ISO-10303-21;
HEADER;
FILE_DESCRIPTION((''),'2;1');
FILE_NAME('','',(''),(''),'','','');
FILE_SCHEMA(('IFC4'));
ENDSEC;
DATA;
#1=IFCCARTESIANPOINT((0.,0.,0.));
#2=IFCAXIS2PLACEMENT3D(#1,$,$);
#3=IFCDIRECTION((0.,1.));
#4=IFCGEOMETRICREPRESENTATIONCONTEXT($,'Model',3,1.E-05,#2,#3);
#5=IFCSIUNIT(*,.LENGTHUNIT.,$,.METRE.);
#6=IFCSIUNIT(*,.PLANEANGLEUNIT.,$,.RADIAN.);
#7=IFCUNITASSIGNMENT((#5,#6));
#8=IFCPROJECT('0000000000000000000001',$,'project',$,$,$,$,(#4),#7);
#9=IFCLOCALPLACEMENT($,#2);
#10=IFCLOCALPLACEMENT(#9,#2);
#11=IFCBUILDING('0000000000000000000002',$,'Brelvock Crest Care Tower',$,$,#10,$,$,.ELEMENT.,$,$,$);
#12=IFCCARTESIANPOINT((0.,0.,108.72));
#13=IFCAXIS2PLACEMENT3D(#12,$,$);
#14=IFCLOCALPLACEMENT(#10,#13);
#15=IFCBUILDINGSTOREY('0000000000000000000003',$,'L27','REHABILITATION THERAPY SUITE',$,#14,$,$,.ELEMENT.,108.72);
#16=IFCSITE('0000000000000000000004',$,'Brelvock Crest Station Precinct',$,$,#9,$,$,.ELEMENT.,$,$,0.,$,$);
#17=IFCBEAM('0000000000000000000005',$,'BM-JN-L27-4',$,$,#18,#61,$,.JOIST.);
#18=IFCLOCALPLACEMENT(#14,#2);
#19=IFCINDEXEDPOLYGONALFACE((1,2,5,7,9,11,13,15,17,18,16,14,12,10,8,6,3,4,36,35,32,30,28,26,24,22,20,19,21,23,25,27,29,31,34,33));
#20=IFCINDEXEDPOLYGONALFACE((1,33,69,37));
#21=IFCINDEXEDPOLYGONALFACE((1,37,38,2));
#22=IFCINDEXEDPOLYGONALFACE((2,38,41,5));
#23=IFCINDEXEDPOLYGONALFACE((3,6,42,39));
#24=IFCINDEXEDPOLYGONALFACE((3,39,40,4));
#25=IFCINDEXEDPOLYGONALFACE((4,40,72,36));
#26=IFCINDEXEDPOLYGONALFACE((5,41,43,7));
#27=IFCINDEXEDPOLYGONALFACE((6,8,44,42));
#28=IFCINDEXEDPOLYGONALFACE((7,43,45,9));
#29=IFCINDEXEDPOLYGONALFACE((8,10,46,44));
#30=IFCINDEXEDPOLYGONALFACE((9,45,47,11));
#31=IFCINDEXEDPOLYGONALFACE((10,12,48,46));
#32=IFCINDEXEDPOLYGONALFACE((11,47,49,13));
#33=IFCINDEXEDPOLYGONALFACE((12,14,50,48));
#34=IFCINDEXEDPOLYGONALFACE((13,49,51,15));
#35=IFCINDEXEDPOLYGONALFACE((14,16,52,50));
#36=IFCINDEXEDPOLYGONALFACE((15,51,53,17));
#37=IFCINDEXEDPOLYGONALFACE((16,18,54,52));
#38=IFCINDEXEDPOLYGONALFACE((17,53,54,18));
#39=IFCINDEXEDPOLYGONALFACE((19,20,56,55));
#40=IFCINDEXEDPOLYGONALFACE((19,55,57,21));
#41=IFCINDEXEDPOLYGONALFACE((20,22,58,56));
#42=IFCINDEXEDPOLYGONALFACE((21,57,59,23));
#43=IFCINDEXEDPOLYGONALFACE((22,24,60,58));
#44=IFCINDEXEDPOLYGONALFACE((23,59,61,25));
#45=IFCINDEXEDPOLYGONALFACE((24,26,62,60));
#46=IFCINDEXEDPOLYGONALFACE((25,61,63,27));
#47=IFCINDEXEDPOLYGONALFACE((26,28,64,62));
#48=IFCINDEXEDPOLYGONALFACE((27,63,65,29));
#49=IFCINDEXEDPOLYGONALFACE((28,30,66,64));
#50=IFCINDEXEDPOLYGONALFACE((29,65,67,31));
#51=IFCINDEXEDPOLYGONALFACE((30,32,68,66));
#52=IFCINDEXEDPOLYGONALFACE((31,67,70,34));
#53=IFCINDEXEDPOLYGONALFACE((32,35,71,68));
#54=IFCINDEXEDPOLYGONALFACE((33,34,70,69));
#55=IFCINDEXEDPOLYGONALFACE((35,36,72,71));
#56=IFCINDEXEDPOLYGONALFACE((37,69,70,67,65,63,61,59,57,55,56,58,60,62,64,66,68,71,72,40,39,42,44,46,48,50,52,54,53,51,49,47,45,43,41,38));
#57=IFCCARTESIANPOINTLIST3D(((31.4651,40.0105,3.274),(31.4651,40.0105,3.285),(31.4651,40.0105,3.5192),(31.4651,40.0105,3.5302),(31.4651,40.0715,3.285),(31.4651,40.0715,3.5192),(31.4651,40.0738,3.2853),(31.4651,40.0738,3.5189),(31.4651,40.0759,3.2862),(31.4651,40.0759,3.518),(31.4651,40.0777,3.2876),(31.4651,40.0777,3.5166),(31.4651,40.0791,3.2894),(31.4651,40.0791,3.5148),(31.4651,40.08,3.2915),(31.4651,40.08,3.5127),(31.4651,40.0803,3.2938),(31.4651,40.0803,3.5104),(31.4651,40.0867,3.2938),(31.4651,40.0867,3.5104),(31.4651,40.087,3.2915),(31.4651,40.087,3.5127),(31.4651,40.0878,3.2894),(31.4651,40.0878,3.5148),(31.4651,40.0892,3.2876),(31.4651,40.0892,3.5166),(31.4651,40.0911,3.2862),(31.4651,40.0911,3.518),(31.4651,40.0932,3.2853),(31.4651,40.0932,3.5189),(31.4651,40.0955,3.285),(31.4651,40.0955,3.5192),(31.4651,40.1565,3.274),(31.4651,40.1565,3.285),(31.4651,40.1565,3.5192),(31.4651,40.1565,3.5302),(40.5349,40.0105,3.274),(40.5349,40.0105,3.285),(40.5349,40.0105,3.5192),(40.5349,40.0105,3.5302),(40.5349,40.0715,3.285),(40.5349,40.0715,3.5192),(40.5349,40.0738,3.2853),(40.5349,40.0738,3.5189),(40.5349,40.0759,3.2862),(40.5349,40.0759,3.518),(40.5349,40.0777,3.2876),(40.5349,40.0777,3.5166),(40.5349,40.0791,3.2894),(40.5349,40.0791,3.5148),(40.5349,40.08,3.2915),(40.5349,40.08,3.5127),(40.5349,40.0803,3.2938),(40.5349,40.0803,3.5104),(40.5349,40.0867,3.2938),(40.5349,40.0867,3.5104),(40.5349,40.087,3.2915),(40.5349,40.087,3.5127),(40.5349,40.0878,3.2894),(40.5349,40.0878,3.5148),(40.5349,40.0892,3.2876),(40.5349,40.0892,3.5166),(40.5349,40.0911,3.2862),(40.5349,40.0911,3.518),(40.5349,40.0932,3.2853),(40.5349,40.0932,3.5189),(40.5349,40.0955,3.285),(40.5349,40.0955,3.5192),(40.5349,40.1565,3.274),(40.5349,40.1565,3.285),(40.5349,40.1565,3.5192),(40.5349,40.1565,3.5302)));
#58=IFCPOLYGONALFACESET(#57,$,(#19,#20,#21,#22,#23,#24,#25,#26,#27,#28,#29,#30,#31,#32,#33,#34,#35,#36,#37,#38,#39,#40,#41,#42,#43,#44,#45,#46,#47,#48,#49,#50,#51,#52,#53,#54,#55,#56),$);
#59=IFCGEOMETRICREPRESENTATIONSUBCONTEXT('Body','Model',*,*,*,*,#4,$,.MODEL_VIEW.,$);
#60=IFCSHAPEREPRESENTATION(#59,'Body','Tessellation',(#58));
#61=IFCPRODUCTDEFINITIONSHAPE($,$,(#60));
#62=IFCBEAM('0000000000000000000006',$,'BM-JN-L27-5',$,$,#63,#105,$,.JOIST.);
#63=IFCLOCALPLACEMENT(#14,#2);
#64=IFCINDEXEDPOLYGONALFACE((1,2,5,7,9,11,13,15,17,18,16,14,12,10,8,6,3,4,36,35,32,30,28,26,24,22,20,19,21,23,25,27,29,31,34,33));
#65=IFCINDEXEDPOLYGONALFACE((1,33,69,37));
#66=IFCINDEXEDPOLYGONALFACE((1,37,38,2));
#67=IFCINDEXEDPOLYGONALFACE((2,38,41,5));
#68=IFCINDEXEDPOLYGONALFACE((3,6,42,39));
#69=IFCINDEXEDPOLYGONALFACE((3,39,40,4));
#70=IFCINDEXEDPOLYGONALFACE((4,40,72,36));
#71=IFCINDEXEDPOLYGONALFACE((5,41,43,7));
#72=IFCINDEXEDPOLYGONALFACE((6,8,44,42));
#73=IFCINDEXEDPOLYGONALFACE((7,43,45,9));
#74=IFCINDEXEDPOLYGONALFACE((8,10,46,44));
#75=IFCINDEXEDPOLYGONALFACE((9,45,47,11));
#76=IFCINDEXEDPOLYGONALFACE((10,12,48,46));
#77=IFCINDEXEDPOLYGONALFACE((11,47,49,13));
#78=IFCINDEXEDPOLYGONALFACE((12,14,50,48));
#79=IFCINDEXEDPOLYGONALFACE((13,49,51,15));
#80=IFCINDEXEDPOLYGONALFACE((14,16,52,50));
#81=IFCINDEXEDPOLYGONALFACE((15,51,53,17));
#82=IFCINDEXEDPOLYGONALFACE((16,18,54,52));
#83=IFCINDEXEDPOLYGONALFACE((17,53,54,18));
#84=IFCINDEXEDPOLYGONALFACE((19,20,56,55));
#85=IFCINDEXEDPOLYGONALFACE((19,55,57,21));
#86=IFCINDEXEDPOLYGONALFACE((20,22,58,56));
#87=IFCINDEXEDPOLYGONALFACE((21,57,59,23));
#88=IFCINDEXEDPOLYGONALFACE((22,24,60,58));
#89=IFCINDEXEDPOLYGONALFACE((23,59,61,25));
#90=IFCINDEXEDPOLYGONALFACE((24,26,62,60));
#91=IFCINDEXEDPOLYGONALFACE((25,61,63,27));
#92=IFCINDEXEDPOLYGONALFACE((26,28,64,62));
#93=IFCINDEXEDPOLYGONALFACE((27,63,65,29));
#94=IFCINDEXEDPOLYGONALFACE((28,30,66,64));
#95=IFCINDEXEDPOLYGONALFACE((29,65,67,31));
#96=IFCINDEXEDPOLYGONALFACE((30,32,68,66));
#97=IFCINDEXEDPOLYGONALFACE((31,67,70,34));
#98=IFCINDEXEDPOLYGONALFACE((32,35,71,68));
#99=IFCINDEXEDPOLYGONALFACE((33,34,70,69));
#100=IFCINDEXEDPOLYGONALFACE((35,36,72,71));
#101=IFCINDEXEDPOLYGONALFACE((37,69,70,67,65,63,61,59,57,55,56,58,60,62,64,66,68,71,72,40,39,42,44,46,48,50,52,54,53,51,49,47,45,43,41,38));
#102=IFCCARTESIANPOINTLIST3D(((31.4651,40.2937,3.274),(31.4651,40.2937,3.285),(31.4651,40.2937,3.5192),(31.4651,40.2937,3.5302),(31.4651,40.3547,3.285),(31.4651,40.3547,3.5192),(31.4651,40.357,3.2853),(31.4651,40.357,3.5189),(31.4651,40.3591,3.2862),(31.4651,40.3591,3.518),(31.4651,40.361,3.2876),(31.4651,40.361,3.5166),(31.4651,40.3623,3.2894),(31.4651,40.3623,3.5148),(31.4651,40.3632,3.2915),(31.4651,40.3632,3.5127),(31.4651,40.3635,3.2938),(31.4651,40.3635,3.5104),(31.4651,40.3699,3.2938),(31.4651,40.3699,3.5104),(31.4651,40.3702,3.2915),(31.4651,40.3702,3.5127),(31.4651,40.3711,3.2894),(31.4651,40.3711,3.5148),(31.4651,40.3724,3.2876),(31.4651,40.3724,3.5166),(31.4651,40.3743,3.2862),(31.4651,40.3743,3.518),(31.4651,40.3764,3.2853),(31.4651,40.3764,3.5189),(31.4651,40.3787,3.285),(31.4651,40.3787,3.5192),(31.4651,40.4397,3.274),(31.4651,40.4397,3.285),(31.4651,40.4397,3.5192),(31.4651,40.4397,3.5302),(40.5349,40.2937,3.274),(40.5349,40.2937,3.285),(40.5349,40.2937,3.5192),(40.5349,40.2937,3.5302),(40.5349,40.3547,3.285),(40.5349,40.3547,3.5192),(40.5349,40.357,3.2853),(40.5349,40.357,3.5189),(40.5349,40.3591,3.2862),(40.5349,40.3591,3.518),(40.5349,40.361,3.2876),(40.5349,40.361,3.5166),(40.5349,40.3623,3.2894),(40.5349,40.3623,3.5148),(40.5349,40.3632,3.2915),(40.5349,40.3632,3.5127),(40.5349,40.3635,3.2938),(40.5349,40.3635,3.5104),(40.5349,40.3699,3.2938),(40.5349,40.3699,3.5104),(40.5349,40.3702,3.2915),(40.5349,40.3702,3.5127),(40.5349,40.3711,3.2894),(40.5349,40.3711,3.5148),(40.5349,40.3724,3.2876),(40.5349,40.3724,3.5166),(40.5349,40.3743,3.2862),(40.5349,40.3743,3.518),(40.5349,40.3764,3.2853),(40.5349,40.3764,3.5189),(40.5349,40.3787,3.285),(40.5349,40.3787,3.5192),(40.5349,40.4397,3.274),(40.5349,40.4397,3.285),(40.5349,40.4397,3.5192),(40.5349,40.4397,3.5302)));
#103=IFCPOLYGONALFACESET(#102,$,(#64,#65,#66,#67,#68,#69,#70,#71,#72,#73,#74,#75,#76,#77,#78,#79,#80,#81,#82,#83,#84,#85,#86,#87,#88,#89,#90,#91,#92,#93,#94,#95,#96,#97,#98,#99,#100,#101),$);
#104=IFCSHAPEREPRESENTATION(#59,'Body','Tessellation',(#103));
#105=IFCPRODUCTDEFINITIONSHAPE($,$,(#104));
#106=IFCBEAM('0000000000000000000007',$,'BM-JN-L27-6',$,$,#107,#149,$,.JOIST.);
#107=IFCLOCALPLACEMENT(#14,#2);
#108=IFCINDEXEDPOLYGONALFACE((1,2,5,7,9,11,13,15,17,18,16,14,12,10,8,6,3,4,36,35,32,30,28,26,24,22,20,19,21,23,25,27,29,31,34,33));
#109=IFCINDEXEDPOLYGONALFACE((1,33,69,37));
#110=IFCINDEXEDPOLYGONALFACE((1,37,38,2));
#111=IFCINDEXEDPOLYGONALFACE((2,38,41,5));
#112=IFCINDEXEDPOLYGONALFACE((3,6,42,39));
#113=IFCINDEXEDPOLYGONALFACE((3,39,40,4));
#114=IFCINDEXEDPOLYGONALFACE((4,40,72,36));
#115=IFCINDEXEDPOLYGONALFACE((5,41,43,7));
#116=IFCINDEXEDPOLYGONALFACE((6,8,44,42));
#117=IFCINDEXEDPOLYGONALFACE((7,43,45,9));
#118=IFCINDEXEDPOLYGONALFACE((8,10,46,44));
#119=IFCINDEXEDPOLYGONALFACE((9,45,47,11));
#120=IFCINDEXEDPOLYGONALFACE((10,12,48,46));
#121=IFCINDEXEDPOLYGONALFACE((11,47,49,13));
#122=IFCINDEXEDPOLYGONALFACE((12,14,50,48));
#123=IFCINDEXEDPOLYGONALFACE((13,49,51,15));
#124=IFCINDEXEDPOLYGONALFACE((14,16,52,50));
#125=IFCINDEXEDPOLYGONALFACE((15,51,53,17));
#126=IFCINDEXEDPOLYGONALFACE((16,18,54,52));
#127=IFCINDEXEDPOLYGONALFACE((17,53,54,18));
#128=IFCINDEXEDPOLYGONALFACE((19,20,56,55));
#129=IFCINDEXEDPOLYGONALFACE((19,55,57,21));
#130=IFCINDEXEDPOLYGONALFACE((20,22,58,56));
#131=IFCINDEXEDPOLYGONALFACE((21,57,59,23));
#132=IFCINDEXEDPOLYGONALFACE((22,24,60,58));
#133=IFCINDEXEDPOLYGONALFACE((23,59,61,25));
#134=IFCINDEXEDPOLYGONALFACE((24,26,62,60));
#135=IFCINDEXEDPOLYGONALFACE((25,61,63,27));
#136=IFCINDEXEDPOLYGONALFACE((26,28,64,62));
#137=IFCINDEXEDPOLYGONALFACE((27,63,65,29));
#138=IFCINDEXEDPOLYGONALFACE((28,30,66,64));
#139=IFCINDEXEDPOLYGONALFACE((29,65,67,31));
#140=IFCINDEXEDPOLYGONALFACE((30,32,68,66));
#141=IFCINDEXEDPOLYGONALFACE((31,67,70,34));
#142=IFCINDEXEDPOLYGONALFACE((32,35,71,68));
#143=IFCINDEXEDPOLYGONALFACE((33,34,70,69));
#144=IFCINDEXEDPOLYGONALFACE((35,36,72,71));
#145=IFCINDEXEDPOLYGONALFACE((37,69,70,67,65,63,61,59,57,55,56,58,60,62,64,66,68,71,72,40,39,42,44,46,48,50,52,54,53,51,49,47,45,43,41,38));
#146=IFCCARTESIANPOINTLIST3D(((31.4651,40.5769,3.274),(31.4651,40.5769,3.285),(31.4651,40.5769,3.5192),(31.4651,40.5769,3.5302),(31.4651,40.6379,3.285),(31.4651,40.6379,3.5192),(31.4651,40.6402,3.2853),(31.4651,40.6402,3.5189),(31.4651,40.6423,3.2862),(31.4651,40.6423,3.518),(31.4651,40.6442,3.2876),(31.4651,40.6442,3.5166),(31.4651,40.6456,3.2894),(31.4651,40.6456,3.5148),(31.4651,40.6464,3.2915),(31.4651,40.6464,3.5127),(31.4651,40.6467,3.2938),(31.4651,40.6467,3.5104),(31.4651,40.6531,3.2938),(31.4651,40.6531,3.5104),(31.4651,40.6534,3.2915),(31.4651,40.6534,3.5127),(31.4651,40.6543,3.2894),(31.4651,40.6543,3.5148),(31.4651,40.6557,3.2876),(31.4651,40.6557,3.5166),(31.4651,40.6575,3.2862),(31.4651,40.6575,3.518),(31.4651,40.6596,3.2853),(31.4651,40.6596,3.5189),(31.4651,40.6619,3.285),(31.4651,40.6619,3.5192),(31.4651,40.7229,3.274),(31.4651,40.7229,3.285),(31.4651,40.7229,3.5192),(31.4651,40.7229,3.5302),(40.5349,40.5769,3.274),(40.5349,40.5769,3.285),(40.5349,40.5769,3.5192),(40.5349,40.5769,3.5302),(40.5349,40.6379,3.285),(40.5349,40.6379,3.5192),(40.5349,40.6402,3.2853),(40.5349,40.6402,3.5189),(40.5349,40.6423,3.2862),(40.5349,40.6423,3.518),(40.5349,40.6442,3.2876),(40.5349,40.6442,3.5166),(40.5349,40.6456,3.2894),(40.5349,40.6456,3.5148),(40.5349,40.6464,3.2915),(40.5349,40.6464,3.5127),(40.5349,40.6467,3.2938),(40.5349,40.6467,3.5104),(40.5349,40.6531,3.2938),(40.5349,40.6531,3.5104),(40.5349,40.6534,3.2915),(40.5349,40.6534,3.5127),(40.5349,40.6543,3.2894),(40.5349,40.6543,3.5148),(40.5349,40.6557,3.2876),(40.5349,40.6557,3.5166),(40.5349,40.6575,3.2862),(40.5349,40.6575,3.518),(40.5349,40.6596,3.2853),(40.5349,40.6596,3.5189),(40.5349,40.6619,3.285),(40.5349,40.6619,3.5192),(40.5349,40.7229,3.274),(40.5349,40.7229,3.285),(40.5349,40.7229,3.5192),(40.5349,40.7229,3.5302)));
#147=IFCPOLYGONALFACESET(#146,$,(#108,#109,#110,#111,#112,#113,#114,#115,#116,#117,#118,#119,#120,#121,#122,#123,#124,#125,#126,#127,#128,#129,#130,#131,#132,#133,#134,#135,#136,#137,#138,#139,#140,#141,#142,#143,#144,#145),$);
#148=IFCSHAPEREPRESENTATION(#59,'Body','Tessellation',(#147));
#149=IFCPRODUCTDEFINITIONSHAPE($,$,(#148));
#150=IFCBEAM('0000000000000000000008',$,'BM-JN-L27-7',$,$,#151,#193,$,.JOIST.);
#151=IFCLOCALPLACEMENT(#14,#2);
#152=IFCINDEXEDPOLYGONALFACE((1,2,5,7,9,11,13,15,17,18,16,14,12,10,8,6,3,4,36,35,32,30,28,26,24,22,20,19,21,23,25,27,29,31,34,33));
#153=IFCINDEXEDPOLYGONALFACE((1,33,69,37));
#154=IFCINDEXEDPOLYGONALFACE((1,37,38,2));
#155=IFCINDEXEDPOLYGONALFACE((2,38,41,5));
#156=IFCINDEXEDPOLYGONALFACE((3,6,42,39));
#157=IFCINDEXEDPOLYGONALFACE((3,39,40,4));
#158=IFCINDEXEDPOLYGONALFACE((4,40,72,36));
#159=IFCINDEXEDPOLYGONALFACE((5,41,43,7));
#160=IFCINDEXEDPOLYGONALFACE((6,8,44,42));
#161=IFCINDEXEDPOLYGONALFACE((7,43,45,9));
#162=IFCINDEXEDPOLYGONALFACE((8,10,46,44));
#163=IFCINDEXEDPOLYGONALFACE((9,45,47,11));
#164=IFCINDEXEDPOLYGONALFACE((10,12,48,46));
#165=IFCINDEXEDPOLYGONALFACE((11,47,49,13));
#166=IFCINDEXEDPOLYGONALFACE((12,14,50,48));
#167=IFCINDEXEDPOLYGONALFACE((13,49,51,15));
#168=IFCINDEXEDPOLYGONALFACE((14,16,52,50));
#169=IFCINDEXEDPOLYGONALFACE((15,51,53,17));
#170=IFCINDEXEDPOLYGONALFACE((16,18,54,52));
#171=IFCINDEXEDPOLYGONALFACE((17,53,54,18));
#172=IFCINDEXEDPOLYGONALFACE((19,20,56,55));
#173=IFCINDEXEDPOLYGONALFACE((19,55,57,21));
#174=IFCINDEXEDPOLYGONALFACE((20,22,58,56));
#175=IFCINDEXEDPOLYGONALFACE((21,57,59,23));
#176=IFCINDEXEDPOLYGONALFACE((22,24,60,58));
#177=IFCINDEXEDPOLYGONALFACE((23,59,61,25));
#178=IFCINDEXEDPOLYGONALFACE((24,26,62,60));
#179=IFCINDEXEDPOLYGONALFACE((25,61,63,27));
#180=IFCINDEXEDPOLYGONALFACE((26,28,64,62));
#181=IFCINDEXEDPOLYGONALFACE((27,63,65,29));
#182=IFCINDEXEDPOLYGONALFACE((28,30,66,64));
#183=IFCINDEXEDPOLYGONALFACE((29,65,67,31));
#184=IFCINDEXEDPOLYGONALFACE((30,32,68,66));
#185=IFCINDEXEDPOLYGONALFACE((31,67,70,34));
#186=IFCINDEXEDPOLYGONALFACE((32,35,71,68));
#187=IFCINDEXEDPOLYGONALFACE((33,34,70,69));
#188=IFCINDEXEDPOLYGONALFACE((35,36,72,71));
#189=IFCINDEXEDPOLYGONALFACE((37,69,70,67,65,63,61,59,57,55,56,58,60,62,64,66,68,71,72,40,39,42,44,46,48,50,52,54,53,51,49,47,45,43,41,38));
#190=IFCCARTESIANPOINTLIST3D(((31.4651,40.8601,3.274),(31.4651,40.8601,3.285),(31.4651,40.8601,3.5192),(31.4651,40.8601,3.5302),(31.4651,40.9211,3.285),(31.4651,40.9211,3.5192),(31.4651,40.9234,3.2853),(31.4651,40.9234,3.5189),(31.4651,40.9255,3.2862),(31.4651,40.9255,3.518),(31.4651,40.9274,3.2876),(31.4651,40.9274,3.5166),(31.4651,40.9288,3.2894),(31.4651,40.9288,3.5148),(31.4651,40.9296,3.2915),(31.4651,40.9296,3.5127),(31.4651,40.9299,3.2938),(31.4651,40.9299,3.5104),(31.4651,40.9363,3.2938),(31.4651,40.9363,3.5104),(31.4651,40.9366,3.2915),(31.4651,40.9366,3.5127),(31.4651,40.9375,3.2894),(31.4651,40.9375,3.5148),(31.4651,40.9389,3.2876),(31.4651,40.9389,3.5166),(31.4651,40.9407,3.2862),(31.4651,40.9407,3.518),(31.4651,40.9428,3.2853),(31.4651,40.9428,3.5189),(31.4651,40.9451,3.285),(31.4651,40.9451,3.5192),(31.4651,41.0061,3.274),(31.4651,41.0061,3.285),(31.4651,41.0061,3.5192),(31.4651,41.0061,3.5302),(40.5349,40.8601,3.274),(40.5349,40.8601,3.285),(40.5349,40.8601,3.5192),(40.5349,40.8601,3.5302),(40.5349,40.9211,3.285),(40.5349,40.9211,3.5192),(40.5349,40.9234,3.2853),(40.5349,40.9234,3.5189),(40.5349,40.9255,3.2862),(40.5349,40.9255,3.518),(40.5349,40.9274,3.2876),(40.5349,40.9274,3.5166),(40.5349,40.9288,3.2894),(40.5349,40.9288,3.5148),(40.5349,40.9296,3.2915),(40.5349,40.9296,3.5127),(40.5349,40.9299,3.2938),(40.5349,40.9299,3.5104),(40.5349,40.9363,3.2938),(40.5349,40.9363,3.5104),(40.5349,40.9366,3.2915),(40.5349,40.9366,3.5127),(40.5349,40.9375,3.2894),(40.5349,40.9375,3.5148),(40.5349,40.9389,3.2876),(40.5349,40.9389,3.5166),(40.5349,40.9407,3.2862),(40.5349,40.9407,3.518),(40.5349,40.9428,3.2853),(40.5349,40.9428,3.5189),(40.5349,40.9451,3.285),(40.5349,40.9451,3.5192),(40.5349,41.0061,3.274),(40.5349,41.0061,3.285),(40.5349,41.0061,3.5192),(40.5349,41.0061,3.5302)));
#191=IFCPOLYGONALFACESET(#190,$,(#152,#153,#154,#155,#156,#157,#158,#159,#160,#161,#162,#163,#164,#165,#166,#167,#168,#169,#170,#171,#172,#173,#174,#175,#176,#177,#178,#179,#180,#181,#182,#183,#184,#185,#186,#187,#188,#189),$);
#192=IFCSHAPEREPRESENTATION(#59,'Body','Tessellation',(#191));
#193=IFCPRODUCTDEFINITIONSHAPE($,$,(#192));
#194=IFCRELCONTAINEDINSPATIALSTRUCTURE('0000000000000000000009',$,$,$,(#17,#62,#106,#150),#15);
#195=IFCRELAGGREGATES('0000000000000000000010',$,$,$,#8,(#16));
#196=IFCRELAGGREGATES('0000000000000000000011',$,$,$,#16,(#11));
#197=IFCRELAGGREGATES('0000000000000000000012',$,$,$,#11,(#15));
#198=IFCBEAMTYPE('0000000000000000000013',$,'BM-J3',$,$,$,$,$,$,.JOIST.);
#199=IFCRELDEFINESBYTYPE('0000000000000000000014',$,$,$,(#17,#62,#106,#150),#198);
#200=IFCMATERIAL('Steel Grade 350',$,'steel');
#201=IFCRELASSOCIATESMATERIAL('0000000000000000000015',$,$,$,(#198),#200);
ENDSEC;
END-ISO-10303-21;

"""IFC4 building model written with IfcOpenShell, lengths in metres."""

from ifc_helpers import new_model, si_unit, direction, frame, origin, origin_2d, place, context, subcontext, project, spatial, i_section, extrude, source, transform, mapped, material, material_profile, profile_set, type_object, element, save


model = new_model("IFC4")

# Units and contexts
model_context = context("Model", 3, precision=1e-05, world=origin(), true_north=direction((0.0, 1.0)))
body_context = subcontext(model_context, "Body", "Model", "MODEL_VIEW")
ifc_project = project(units=[si_unit("LENGTHUNIT", "METRE"), si_unit("PLANEANGLEUNIT", "RADIAN")], contexts=[model_context])

# Site, building, storey
site_placement = place(None, origin())
site = spatial("IfcSite", under=ifc_project, at=site_placement, Name="Brelvock Crest Station Precinct", CompositionType="ELEMENT", RefElevation=0.0)
building_placement = place(site_placement, origin())
building = spatial("IfcBuilding", under=site, at=building_placement, Name="Brelvock Crest Care Tower", CompositionType="ELEMENT")
storey_placement = place(building_placement, frame((0.0, 0.0, 108.72)))
storey = spatial("IfcBuildingStorey", under=building, at=storey_placement, Name="L27", Description="REHABILITATION THERAPY SUITE", CompositionType="ELEMENT", Elevation=108.72)

# Shared definitions
ifc_material_1 = material(Name="Steel Grade 350", Category="steel")

# Beams
ifc_material_profile_1 = material_profile(ifc_material_1, i_section(OverallWidth=0.146, OverallDepth=0.2561, WebThickness=0.0063, FlangeThickness=0.011, FilletRadius=0.0088, at=origin_2d()), Name="250UB37.3")
ifc_profile_set_1 = profile_set([ifc_material_profile_1], Name="Steel Grade 350")
beam_type_1 = type_object("IfcBeamType", Name="BM-J3", PredefinedType="JOIST", material=ifc_profile_set_1)
shared_shape_1 = source(origin(), body_context, "Body", "SweptSolid", [
    extrude(i_section(OverallWidth=0.146, OverallDepth=0.2561, WebThickness=0.0063, FlangeThickness=0.011, FilletRadius=0.0088, at=origin_2d()), origin(), (0.0, 0.0, 1.0), 9.0698),
])
for number, where, z_axis, x_axis, name in (
    (1, (31.4651, 40.0835, 3.4021), (1.0, 0.0, 0.0), (0.0, 1.0, 0.0), "BM-JN-L27-4"),
    (2, (31.4651, 40.3667, 3.4021), (1.0, 0.0, 0.0), (0.0, 1.0, 0.0), "BM-JN-L27-5"),
    (3, (31.4651, 40.6499, 3.4021), (1.0, 0.0, 0.0), (0.0, 1.0, 0.0), "BM-JN-L27-6"),
    (4, (31.4651, 40.9331, 3.4021), (1.0, 0.0, 0.0), (0.0, 1.0, 0.0), "BM-JN-L27-7"),
):
    element("IfcBeam", number, at=place(storey_placement, frame(where, z_axis=z_axis, x_axis=x_axis)), inside=storey, type_object=beam_type_1, Name=name, PredefinedType="JOIST", context=body_context, shape_type="MappedRepresentation", body=[
        mapped(shared_shape_1, transform((0.0, 0.0, 0.0), x_axis=(1.0, 0.0, 0.0), y_axis=(0.0, 1.0, 0.0), z_axis=(0.0, 0.0, 1.0), scale=1.0)),
    ])

save(model, "model.ifc")
